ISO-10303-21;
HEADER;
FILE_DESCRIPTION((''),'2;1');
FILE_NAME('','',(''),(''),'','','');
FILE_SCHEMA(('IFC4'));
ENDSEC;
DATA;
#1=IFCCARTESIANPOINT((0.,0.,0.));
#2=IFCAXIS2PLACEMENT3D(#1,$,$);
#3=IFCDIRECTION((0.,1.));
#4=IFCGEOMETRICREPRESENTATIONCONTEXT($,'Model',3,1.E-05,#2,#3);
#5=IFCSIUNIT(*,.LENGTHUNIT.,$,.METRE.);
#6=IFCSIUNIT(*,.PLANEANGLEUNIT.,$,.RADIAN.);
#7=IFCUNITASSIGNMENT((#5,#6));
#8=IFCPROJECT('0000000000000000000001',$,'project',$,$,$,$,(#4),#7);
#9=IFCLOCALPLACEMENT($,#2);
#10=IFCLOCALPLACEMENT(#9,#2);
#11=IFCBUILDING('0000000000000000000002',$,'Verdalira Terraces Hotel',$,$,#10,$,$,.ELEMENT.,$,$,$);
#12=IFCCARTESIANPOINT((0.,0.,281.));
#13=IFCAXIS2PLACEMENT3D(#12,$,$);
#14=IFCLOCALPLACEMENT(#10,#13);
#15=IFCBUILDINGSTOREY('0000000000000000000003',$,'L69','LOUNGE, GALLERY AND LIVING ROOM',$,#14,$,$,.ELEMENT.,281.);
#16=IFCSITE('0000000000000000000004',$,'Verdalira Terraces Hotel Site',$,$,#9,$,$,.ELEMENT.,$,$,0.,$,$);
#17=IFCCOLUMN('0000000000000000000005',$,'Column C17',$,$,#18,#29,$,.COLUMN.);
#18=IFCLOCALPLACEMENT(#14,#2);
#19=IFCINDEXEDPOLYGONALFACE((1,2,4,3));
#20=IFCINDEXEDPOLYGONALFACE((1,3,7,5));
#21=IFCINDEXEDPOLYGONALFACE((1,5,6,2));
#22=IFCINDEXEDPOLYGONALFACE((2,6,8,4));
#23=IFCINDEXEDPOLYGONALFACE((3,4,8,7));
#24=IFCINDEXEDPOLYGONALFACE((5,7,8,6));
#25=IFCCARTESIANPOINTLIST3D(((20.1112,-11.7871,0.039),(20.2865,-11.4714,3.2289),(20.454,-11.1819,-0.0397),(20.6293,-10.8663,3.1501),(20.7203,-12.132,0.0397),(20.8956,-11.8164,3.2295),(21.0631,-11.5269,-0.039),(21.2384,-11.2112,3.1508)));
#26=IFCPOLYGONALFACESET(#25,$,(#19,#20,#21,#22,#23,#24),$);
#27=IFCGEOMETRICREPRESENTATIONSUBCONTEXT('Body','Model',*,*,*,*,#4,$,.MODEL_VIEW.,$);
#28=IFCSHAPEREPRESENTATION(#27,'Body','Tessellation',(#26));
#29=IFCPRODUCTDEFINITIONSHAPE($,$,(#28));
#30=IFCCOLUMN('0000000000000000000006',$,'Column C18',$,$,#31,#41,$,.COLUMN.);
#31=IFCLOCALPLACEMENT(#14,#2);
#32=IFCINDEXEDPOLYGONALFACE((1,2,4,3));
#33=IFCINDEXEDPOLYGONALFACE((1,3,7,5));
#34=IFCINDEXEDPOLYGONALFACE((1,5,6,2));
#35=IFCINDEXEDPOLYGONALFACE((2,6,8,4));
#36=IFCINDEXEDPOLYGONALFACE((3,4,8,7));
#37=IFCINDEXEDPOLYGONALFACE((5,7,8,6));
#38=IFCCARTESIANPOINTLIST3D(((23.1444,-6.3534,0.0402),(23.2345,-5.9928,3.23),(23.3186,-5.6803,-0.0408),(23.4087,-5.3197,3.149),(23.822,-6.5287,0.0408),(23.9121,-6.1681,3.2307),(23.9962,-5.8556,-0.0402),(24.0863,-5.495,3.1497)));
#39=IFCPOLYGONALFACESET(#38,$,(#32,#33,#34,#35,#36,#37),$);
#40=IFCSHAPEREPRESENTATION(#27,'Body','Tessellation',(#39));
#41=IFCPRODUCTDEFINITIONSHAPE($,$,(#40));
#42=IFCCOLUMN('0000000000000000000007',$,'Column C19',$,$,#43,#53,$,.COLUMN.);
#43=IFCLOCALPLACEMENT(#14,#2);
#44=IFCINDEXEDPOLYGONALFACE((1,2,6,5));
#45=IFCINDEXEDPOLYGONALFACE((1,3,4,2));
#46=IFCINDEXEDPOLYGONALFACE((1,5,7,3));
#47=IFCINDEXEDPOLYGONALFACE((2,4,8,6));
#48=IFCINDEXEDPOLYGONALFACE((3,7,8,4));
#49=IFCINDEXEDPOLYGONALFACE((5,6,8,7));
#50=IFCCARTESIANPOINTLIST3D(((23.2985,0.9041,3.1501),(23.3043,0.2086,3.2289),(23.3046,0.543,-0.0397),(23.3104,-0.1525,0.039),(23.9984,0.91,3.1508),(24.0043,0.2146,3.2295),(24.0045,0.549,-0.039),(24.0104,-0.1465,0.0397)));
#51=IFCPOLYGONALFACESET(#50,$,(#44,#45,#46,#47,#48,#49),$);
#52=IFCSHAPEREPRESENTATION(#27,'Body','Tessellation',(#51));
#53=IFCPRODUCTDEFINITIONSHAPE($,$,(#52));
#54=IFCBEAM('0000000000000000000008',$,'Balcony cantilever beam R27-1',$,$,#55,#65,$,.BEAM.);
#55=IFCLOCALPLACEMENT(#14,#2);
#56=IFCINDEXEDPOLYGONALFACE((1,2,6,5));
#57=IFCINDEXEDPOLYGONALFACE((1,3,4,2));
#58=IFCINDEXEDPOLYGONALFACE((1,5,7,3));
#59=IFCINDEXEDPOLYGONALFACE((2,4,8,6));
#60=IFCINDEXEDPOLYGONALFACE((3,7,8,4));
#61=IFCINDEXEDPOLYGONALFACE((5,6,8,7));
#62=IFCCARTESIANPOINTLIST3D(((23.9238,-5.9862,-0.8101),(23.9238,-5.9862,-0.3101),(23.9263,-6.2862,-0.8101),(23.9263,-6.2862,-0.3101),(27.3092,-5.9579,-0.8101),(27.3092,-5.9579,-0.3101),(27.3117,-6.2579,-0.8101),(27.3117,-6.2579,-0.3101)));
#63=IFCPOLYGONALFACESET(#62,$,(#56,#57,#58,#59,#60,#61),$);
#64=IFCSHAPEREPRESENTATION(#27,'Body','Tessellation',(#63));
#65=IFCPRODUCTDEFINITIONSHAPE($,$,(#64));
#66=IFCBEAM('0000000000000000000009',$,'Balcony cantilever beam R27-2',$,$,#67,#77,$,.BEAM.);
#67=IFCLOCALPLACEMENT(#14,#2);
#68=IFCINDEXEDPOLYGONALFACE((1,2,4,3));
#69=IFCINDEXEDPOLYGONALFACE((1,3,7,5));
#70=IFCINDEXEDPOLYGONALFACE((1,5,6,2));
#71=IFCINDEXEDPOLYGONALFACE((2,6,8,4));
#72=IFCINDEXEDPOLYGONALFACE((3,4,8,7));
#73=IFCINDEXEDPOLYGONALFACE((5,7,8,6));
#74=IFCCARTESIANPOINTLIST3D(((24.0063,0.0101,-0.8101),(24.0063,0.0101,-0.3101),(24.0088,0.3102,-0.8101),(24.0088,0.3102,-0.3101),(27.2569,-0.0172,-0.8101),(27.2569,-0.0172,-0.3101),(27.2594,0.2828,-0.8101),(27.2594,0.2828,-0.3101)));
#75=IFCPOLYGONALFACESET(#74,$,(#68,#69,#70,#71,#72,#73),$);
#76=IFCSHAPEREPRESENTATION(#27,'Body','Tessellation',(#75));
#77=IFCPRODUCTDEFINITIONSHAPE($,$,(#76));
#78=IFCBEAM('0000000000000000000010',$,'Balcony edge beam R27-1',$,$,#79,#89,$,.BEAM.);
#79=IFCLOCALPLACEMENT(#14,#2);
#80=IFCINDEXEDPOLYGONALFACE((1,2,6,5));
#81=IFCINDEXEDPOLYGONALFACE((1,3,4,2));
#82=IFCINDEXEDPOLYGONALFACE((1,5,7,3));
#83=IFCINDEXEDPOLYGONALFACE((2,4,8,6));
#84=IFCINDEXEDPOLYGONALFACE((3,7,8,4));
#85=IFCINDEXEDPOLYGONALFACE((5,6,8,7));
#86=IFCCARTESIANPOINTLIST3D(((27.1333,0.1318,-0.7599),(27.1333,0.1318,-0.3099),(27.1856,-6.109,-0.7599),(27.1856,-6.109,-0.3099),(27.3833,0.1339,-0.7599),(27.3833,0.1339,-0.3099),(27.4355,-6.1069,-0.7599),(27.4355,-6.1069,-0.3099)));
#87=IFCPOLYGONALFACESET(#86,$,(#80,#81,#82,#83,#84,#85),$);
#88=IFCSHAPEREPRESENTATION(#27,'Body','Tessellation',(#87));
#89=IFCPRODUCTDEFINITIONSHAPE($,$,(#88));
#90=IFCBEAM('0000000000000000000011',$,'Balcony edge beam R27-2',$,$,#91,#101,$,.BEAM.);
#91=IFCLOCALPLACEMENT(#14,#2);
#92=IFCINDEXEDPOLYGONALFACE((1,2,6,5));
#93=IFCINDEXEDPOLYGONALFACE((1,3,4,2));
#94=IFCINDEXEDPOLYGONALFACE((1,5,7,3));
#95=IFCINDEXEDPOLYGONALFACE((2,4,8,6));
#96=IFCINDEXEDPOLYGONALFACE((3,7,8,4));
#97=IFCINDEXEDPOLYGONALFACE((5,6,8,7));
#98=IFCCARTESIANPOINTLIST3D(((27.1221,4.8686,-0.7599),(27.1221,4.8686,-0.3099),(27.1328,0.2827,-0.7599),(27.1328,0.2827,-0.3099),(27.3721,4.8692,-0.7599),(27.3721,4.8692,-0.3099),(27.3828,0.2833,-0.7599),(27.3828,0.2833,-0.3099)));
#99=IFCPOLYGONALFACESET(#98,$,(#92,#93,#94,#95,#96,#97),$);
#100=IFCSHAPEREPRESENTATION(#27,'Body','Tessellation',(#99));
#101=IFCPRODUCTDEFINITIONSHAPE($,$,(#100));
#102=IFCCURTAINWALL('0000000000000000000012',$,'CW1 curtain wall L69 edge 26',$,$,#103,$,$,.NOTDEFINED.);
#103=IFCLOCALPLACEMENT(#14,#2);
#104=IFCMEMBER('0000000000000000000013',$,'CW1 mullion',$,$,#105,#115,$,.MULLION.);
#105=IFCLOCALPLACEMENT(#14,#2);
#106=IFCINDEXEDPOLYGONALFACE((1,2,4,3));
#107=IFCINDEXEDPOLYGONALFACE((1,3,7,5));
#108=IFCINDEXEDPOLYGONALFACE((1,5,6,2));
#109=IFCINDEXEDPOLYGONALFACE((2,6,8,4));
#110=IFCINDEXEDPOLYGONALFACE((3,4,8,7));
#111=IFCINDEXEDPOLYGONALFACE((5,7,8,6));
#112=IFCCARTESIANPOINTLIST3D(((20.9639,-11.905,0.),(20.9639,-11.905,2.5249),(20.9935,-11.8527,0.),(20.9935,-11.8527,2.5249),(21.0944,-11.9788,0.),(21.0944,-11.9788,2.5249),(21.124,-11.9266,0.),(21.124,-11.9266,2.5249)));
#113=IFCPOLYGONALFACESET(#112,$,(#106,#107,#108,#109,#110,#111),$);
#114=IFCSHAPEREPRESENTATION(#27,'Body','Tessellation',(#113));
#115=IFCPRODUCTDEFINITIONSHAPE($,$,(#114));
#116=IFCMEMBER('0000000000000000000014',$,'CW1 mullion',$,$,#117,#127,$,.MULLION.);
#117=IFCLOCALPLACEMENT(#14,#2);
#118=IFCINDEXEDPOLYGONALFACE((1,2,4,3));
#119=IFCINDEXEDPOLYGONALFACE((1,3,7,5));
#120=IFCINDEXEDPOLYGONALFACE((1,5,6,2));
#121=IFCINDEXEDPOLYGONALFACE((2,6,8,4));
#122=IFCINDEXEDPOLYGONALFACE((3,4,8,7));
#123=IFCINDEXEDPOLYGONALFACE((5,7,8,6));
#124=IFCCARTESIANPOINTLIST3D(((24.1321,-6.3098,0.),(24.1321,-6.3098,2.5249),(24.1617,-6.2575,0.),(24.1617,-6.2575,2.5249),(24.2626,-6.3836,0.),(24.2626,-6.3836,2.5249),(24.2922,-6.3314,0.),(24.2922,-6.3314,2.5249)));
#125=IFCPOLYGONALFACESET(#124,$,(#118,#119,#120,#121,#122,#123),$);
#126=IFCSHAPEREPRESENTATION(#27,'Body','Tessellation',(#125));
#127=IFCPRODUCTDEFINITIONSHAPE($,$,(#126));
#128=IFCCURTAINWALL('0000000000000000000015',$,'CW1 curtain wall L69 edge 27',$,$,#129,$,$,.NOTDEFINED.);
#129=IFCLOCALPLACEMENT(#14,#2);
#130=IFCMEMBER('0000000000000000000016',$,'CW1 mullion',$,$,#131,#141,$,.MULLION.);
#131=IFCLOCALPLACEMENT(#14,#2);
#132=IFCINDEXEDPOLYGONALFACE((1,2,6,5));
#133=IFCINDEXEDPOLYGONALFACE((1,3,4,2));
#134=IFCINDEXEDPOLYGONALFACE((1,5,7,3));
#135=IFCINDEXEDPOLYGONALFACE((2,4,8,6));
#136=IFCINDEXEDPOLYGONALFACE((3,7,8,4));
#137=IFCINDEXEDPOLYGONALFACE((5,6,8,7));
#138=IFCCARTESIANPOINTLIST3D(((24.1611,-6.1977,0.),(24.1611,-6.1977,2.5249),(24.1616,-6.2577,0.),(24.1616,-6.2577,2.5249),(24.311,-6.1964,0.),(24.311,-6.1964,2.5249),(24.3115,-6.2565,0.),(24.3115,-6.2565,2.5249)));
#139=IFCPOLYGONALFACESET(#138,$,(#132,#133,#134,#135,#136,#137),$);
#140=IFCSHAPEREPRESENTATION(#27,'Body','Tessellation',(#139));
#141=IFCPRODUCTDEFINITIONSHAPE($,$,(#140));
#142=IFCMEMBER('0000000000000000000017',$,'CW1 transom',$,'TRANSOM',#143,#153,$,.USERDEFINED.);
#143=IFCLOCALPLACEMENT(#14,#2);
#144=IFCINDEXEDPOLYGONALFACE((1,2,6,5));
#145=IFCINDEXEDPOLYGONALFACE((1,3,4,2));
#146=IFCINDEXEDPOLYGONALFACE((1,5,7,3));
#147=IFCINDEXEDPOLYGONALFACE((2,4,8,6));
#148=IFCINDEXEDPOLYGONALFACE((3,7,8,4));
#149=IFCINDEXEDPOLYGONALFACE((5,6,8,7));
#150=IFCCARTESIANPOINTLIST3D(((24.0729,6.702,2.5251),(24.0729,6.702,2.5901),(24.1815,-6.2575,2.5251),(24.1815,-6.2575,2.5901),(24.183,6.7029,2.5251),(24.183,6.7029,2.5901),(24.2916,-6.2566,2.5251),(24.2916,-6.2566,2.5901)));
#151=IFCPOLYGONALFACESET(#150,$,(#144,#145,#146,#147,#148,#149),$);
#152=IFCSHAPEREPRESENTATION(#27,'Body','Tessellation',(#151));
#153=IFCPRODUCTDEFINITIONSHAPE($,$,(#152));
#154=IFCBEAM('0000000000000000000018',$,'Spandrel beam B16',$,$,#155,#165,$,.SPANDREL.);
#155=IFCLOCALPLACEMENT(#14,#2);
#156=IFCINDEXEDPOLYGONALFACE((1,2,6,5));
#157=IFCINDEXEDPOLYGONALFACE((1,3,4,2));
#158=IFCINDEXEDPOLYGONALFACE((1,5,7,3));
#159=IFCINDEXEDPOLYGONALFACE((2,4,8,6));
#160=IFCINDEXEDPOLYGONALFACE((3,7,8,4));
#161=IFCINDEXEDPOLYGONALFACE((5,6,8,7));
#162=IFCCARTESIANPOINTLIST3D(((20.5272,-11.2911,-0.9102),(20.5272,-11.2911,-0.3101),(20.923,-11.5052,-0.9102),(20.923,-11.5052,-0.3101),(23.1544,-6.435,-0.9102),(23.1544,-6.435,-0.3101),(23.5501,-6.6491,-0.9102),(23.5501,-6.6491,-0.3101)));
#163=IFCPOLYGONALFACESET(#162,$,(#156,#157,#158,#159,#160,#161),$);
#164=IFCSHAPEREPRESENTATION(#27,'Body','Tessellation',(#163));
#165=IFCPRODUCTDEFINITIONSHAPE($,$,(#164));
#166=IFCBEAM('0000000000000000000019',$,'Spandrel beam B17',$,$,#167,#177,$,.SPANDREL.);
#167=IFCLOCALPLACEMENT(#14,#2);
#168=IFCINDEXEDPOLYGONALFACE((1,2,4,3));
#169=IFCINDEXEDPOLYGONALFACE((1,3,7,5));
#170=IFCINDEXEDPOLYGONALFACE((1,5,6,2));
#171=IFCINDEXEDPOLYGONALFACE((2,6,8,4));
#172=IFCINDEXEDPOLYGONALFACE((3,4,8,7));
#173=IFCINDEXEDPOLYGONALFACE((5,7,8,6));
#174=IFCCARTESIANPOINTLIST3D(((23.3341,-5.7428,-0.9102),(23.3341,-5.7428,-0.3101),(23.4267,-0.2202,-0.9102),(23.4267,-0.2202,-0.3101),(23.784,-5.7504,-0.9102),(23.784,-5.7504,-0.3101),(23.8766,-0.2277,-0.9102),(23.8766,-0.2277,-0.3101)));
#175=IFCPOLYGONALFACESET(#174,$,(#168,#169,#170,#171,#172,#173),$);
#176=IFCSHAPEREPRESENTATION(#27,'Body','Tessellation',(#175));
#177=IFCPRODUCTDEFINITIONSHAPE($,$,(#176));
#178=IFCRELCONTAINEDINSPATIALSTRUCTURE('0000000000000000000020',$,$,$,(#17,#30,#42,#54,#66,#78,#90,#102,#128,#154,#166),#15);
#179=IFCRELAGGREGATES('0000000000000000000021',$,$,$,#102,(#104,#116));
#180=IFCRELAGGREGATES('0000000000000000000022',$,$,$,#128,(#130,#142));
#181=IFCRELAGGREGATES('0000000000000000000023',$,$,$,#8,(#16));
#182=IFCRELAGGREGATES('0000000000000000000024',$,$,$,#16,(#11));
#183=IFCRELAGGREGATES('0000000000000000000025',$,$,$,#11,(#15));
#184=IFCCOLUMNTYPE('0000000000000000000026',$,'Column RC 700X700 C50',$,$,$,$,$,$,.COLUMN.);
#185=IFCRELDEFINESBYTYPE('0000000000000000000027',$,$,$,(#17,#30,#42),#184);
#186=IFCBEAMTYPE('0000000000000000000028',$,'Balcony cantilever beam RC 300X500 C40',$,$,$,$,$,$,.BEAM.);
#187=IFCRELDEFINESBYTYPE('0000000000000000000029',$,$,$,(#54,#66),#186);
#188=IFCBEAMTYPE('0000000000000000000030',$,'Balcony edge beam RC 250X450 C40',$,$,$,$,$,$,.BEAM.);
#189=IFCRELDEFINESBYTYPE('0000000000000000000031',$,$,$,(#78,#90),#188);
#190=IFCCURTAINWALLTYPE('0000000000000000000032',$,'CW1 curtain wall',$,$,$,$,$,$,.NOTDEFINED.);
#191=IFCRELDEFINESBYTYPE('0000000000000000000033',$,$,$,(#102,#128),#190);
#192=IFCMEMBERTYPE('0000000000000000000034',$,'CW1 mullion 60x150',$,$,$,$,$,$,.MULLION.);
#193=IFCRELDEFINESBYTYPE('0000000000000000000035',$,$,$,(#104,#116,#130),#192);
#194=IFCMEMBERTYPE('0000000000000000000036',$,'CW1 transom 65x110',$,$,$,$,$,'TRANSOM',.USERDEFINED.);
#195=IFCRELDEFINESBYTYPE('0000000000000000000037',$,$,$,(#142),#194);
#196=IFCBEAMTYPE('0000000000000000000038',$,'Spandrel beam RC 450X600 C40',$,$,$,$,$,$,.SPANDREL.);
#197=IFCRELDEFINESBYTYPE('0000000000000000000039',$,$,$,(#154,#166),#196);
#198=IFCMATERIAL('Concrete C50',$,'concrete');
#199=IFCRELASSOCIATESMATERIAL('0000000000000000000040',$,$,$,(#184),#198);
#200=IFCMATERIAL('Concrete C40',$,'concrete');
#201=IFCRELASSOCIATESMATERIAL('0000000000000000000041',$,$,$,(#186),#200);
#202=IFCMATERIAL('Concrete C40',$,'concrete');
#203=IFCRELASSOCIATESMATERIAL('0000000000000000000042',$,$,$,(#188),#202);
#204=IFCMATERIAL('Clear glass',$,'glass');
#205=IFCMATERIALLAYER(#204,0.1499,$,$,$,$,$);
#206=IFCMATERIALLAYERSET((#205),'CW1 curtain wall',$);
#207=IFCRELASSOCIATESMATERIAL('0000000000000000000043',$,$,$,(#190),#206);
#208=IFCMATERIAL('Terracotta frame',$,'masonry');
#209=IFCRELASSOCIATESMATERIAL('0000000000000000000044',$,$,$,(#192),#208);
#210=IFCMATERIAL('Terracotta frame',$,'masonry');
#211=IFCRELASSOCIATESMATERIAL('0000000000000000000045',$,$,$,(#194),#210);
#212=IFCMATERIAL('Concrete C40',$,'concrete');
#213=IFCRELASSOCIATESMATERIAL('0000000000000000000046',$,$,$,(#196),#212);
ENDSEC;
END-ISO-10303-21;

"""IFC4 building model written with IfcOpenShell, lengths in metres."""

from ifc_helpers import new_model, si_unit, direction, frame, origin, origin_2d, place, context, subcontext, project, spatial, rectangle, extrude, material, layer, layer_set, material_profile, profile_set, type_object, element, aggregate, save


model = new_model("IFC4")

# Units and contexts
model_context = context("Model", 3, precision=1e-05, world=origin(), true_north=direction((0.0, 1.0)))
body_context = subcontext(model_context, "Body", "Model", "MODEL_VIEW")
ifc_project = project(units=[si_unit("LENGTHUNIT", "METRE"), si_unit("PLANEANGLEUNIT", "RADIAN")], contexts=[model_context])

# Site, building, storey
site_placement = place(None, origin())
site = spatial("IfcSite", under=ifc_project, at=site_placement, Name="Verdalira Terraces Hotel Site", CompositionType="ELEMENT", RefElevation=0.0)
building_placement = place(site_placement, origin())
building = spatial("IfcBuilding", under=site, at=building_placement, Name="Verdalira Terraces Hotel", CompositionType="ELEMENT")
storey_placement = place(building_placement, frame((0.0, 0.0, 281.0)))
storey = spatial("IfcBuildingStorey", under=building, at=storey_placement, Name="L69", Description="LOUNGE, GALLERY AND LIVING ROOM", CompositionType="ELEMENT", Elevation=281.0)

# Columns
ifc_material_1 = material(Name="Concrete C50", Category="concrete")
ifc_material_profile_1 = material_profile(ifc_material_1, rectangle(XDim=0.7, YDim=0.7, at=origin_2d()), Name="RC 700X700")
ifc_profile_set_1 = profile_set([ifc_material_profile_1], Name="Concrete C50")
column_type = type_object("IfcColumnType", Name="Column RC 700X700 C50", PredefinedType="COLUMN", material=ifc_profile_set_1)
column_1_placement = place(storey_placement, frame((20.5872, -11.657, 0.0), z_axis=(0.054603, 0.098331, 0.993655), x_axis=(0.489744, 0.864581, -0.112471)))
element("IfcColumn", 1, at=column_1_placement, inside=storey, type_object=column_type, Name="Column C17", PredefinedType="COLUMN", context=body_context, shape_type="SweptSolid", body=[
    extrude(rectangle(XDim=0.7, YDim=0.7, at=origin_2d()), origin(), (0.0, 0.0, 1.0), 3.2102),
])
column_2_placement = place(storey_placement, frame((23.5703, -6.1045, 0.0), z_axis=(0.028051, 0.112282, 0.99328), x_axis=(-0.248926, -0.961584, 0.115729)))
element("IfcColumn", 2, at=column_2_placement, inside=storey, type_object=column_type, Name="Column C18", PredefinedType="COLUMN", context=body_context, shape_type="SweptSolid", body=[
    extrude(rectangle(XDim=0.7, YDim=0.7, at=origin_2d()), origin(), (0.0, 0.0, 1.0), 3.2114),
])
column_3_placement = place(storey_placement, frame((23.6575, 0.1982, 0.0), z_axis=(-0.001901, 0.112476, 0.993653), x_axis=(-0.008363, 0.993618, -0.112488)))
element("IfcColumn", 3, at=column_3_placement, inside=storey, type_object=column_type, Name="Column C19", PredefinedType="COLUMN", context=body_context, shape_type="SweptSolid", body=[
    extrude(rectangle(XDim=0.7, YDim=0.7, at=origin_2d()), origin(), (0.0, 0.0, 1.0), 3.2102),
])

# Beams
ifc_material_2 = material(Name="Concrete C40", Category="concrete")
ifc_material_profile_2 = material_profile(ifc_material_2, rectangle(XDim=0.3, YDim=0.5, at=origin_2d()), Name="RC 300X500")
ifc_profile_set_2 = profile_set([ifc_material_profile_2], Name="Concrete C40")
beam_type_1 = type_object("IfcBeamType", Name="Balcony cantilever beam RC 300X500 C40", PredefinedType="BEAM", material=ifc_profile_set_2)
beam_1_placement = place(storey_placement, frame((23.925, -6.1362, -0.5601), z_axis=(0.999965, 0.008365, 0.0), x_axis=(-0.008365, 0.999965, 0.0)))
element("IfcBeam", 4, at=beam_1_placement, inside=storey, type_object=beam_type_1, Name="Balcony cantilever beam R27-1", PredefinedType="BEAM", context=body_context, shape_type="SweptSolid", body=[
    extrude(rectangle(XDim=0.3, YDim=0.5, at=origin_2d()), origin(), (0.0, 0.0, 1.0), 3.3855),
])
beam_2_placement = place(storey_placement, frame((24.0076, 0.1602, -0.5601), z_axis=(0.999965, -0.008411, 0.0), x_axis=(0.008411, 0.999965, 0.0)))
element("IfcBeam", 5, at=beam_2_placement, inside=storey, type_object=beam_type_1, Name="Balcony cantilever beam R27-2", PredefinedType="BEAM", context=body_context, shape_type="SweptSolid", body=[
    extrude(rectangle(XDim=0.3, YDim=0.5, at=origin_2d()), origin(), (0.0, 0.0, 1.0), 3.2507),
])
ifc_material_3 = material(Name="Concrete C40", Category="concrete")
ifc_material_profile_3 = material_profile(ifc_material_3, rectangle(XDim=0.25, YDim=0.45, at=origin_2d()), Name="RC 250X450")
ifc_profile_set_3 = profile_set([ifc_material_profile_3], Name="Concrete C40")
beam_type_2 = type_object("IfcBeamType", Name="Balcony edge beam RC 250X450 C40", PredefinedType="BEAM", material=ifc_profile_set_3)
beam_3_placement = place(storey_placement, frame((27.3105, -6.1079, -0.5349), z_axis=(-0.008372, 0.999965, 0.0), x_axis=(-0.999965, -0.008372, 0.0)))
element("IfcBeam", 6, at=beam_3_placement, inside=storey, type_object=beam_type_2, Name="Balcony edge beam R27-1", PredefinedType="BEAM", context=body_context, shape_type="SweptSolid", body=[
    extrude(rectangle(XDim=0.25, YDim=0.45, at=origin_2d()), origin(), (0.0, 0.0, 1.0), 6.241),
])
beam_4_placement = place(storey_placement, frame((27.2578, 0.283, -0.5349), z_axis=(-0.002342, 0.999997, 0.0), x_axis=(-0.999997, -0.002342, 0.0)))
element("IfcBeam", 7, at=beam_4_placement, inside=storey, type_object=beam_type_2, Name="Balcony edge beam R27-2", PredefinedType="BEAM", context=body_context, shape_type="SweptSolid", body=[
    extrude(rectangle(XDim=0.25, YDim=0.45, at=origin_2d()), origin(), (0.0, 0.0, 1.0), 4.5859),
])

# Curtain walls, members
ifc_material_4 = material(Name="Clear glass", Category="glass")
ifc_layer_1 = layer(ifc_material_4, 0.1499)
ifc_layer_set_1 = layer_set([ifc_layer_1], Name="CW1 curtain wall")
curtain_wall_type = type_object("IfcCurtainWallType", Name="CW1 curtain wall", PredefinedType="NOTDEFINED", material=ifc_layer_set_1)
curtain_wall_1_placement = place(storey_placement, origin())
curtain_wall_1 = element("IfcCurtainWall", 8, at=curtain_wall_1_placement, inside=storey, type_object=curtain_wall_type, Name="CW1 curtain wall L69 edge 26", PredefinedType="NOTDEFINED")
ifc_material_5 = material(Name="Terracotta frame", Category="masonry")
ifc_material_profile_4 = material_profile(ifc_material_5, rectangle(XDim=0.0601, YDim=0.1499, at=origin_2d()), Name="MU 60x150")
ifc_profile_set_4 = profile_set([ifc_material_profile_4], Name="Terracotta frame")
member_type_1 = type_object("IfcMemberType", Name="CW1 mullion 60x150", PredefinedType="MULLION", material=ifc_profile_set_4)
member_1_placement = place(storey_placement, frame((21.0439, -11.9158, 0.0), z_axis=(0.0, 0.0, 1.0), x_axis=(0.492727, 0.870184, 0.0)))
member_1 = element("IfcMember", 9, at=member_1_placement, type_object=member_type_1, Name="CW1 mullion", PredefinedType="MULLION", context=body_context, shape_type="SweptSolid", body=[
    extrude(rectangle(XDim=0.0601, YDim=0.1499, at=origin_2d()), origin(), (0.0, 0.0, 1.0), 2.5249),
])
member_2_placement = place(storey_placement, frame((24.2122, -6.3206, 0.0), z_axis=(0.0, 0.0, 1.0), x_axis=(0.492727, 0.870184, 0.0)))
member_2 = element("IfcMember", 10, at=member_2_placement, type_object=member_type_1, Name="CW1 mullion", PredefinedType="MULLION", context=body_context, shape_type="SweptSolid", body=[
    extrude(rectangle(XDim=0.0601, YDim=0.1499, at=origin_2d()), origin(), (0.0, 0.0, 1.0), 2.5249),
])
curtain_wall_2_placement = place(storey_placement, origin())
curtain_wall_2 = element("IfcCurtainWall", 11, at=curtain_wall_2_placement, inside=storey, type_object=curtain_wall_type, Name="CW1 curtain wall L69 edge 27", PredefinedType="NOTDEFINED")
member_3_placement = place(storey_placement, frame((24.2363, -6.2271, 0.0), z_axis=(0.0, 0.0, 1.0), x_axis=(-0.008377, 0.999965, 0.0)))
member_3 = element("IfcMember", 12, at=member_3_placement, type_object=member_type_1, Name="CW1 mullion", PredefinedType="MULLION", context=body_context, shape_type="SweptSolid", body=[
    extrude(rectangle(XDim=0.0601, YDim=0.1499, at=origin_2d()), origin(), (0.0, 0.0, 1.0), 2.5249),
])
ifc_material_6 = material(Name="Terracotta frame", Category="masonry")
ifc_material_profile_5 = material_profile(ifc_material_6, rectangle(XDim=0.1101, YDim=0.0649, at=origin_2d()), Name="TR 65x110")
ifc_profile_set_5 = profile_set([ifc_material_profile_5], Name="Terracotta frame")
member_type_2 = type_object("IfcMemberType", Name="CW1 transom 65x110", ElementType="TRANSOM", PredefinedType="USERDEFINED", material=ifc_profile_set_5)
member_4_placement = place(storey_placement, frame((24.2366, -6.2571, 2.5576), z_axis=(-0.008383, 0.999965, 0.0), x_axis=(-0.999965, -0.008383, 0.0)))
member_4 = element("IfcMember", 13, at=member_4_placement, type_object=member_type_2, Name="CW1 transom", ObjectType="TRANSOM", PredefinedType="USERDEFINED", context=body_context, shape_type="SweptSolid", body=[
    extrude(rectangle(XDim=0.1101, YDim=0.0649, at=origin_2d()), origin(), (0.0, 0.0, 1.0), 12.96),
])

# Beams
ifc_material_7 = material(Name="Concrete C40", Category="concrete")
ifc_material_profile_6 = material_profile(ifc_material_7, rectangle(XDim=0.45, YDim=0.6001, at=origin_2d()), Name="RC 450X600")
ifc_profile_set_6 = profile_set([ifc_material_profile_6], Name="Concrete C40")
beam_type_3 = type_object("IfcBeamType", Name="Spandrel beam RC 450X600 C40", PredefinedType="SPANDREL", material=ifc_profile_set_6)
beam_5_placement = place(storey_placement, frame((20.7251, -11.3982, -0.6101), z_axis=(0.475829, 0.879538, 0.0), x_axis=(-0.879538, 0.475829, 0.0)))
element("IfcBeam", 14, at=beam_5_placement, inside=storey, type_object=beam_type_3, Name="Spandrel beam B16", PredefinedType="SPANDREL", context=body_context, shape_type="SweptSolid", body=[
    extrude(rectangle(XDim=0.45, YDim=0.6001, at=origin_2d()), origin(), (0.0, 0.0, 1.0), 5.5212),
])
beam_6_placement = place(storey_placement, frame((23.5591, -5.7466, -0.6101), z_axis=(0.016752, 0.99986, 0.0), x_axis=(-0.99986, 0.016752, 0.0)))
element("IfcBeam", 15, at=beam_6_placement, inside=storey, type_object=beam_type_3, Name="Spandrel beam B17", PredefinedType="SPANDREL", context=body_context, shape_type="SweptSolid", body=[
    extrude(rectangle(XDim=0.45, YDim=0.6001, at=origin_2d()), origin(), (0.0, 0.0, 1.0), 5.5234),
])

aggregate(curtain_wall_1, [member_1, member_2])
aggregate(curtain_wall_2, [member_3, member_4])

save(model, "model.ifc")
